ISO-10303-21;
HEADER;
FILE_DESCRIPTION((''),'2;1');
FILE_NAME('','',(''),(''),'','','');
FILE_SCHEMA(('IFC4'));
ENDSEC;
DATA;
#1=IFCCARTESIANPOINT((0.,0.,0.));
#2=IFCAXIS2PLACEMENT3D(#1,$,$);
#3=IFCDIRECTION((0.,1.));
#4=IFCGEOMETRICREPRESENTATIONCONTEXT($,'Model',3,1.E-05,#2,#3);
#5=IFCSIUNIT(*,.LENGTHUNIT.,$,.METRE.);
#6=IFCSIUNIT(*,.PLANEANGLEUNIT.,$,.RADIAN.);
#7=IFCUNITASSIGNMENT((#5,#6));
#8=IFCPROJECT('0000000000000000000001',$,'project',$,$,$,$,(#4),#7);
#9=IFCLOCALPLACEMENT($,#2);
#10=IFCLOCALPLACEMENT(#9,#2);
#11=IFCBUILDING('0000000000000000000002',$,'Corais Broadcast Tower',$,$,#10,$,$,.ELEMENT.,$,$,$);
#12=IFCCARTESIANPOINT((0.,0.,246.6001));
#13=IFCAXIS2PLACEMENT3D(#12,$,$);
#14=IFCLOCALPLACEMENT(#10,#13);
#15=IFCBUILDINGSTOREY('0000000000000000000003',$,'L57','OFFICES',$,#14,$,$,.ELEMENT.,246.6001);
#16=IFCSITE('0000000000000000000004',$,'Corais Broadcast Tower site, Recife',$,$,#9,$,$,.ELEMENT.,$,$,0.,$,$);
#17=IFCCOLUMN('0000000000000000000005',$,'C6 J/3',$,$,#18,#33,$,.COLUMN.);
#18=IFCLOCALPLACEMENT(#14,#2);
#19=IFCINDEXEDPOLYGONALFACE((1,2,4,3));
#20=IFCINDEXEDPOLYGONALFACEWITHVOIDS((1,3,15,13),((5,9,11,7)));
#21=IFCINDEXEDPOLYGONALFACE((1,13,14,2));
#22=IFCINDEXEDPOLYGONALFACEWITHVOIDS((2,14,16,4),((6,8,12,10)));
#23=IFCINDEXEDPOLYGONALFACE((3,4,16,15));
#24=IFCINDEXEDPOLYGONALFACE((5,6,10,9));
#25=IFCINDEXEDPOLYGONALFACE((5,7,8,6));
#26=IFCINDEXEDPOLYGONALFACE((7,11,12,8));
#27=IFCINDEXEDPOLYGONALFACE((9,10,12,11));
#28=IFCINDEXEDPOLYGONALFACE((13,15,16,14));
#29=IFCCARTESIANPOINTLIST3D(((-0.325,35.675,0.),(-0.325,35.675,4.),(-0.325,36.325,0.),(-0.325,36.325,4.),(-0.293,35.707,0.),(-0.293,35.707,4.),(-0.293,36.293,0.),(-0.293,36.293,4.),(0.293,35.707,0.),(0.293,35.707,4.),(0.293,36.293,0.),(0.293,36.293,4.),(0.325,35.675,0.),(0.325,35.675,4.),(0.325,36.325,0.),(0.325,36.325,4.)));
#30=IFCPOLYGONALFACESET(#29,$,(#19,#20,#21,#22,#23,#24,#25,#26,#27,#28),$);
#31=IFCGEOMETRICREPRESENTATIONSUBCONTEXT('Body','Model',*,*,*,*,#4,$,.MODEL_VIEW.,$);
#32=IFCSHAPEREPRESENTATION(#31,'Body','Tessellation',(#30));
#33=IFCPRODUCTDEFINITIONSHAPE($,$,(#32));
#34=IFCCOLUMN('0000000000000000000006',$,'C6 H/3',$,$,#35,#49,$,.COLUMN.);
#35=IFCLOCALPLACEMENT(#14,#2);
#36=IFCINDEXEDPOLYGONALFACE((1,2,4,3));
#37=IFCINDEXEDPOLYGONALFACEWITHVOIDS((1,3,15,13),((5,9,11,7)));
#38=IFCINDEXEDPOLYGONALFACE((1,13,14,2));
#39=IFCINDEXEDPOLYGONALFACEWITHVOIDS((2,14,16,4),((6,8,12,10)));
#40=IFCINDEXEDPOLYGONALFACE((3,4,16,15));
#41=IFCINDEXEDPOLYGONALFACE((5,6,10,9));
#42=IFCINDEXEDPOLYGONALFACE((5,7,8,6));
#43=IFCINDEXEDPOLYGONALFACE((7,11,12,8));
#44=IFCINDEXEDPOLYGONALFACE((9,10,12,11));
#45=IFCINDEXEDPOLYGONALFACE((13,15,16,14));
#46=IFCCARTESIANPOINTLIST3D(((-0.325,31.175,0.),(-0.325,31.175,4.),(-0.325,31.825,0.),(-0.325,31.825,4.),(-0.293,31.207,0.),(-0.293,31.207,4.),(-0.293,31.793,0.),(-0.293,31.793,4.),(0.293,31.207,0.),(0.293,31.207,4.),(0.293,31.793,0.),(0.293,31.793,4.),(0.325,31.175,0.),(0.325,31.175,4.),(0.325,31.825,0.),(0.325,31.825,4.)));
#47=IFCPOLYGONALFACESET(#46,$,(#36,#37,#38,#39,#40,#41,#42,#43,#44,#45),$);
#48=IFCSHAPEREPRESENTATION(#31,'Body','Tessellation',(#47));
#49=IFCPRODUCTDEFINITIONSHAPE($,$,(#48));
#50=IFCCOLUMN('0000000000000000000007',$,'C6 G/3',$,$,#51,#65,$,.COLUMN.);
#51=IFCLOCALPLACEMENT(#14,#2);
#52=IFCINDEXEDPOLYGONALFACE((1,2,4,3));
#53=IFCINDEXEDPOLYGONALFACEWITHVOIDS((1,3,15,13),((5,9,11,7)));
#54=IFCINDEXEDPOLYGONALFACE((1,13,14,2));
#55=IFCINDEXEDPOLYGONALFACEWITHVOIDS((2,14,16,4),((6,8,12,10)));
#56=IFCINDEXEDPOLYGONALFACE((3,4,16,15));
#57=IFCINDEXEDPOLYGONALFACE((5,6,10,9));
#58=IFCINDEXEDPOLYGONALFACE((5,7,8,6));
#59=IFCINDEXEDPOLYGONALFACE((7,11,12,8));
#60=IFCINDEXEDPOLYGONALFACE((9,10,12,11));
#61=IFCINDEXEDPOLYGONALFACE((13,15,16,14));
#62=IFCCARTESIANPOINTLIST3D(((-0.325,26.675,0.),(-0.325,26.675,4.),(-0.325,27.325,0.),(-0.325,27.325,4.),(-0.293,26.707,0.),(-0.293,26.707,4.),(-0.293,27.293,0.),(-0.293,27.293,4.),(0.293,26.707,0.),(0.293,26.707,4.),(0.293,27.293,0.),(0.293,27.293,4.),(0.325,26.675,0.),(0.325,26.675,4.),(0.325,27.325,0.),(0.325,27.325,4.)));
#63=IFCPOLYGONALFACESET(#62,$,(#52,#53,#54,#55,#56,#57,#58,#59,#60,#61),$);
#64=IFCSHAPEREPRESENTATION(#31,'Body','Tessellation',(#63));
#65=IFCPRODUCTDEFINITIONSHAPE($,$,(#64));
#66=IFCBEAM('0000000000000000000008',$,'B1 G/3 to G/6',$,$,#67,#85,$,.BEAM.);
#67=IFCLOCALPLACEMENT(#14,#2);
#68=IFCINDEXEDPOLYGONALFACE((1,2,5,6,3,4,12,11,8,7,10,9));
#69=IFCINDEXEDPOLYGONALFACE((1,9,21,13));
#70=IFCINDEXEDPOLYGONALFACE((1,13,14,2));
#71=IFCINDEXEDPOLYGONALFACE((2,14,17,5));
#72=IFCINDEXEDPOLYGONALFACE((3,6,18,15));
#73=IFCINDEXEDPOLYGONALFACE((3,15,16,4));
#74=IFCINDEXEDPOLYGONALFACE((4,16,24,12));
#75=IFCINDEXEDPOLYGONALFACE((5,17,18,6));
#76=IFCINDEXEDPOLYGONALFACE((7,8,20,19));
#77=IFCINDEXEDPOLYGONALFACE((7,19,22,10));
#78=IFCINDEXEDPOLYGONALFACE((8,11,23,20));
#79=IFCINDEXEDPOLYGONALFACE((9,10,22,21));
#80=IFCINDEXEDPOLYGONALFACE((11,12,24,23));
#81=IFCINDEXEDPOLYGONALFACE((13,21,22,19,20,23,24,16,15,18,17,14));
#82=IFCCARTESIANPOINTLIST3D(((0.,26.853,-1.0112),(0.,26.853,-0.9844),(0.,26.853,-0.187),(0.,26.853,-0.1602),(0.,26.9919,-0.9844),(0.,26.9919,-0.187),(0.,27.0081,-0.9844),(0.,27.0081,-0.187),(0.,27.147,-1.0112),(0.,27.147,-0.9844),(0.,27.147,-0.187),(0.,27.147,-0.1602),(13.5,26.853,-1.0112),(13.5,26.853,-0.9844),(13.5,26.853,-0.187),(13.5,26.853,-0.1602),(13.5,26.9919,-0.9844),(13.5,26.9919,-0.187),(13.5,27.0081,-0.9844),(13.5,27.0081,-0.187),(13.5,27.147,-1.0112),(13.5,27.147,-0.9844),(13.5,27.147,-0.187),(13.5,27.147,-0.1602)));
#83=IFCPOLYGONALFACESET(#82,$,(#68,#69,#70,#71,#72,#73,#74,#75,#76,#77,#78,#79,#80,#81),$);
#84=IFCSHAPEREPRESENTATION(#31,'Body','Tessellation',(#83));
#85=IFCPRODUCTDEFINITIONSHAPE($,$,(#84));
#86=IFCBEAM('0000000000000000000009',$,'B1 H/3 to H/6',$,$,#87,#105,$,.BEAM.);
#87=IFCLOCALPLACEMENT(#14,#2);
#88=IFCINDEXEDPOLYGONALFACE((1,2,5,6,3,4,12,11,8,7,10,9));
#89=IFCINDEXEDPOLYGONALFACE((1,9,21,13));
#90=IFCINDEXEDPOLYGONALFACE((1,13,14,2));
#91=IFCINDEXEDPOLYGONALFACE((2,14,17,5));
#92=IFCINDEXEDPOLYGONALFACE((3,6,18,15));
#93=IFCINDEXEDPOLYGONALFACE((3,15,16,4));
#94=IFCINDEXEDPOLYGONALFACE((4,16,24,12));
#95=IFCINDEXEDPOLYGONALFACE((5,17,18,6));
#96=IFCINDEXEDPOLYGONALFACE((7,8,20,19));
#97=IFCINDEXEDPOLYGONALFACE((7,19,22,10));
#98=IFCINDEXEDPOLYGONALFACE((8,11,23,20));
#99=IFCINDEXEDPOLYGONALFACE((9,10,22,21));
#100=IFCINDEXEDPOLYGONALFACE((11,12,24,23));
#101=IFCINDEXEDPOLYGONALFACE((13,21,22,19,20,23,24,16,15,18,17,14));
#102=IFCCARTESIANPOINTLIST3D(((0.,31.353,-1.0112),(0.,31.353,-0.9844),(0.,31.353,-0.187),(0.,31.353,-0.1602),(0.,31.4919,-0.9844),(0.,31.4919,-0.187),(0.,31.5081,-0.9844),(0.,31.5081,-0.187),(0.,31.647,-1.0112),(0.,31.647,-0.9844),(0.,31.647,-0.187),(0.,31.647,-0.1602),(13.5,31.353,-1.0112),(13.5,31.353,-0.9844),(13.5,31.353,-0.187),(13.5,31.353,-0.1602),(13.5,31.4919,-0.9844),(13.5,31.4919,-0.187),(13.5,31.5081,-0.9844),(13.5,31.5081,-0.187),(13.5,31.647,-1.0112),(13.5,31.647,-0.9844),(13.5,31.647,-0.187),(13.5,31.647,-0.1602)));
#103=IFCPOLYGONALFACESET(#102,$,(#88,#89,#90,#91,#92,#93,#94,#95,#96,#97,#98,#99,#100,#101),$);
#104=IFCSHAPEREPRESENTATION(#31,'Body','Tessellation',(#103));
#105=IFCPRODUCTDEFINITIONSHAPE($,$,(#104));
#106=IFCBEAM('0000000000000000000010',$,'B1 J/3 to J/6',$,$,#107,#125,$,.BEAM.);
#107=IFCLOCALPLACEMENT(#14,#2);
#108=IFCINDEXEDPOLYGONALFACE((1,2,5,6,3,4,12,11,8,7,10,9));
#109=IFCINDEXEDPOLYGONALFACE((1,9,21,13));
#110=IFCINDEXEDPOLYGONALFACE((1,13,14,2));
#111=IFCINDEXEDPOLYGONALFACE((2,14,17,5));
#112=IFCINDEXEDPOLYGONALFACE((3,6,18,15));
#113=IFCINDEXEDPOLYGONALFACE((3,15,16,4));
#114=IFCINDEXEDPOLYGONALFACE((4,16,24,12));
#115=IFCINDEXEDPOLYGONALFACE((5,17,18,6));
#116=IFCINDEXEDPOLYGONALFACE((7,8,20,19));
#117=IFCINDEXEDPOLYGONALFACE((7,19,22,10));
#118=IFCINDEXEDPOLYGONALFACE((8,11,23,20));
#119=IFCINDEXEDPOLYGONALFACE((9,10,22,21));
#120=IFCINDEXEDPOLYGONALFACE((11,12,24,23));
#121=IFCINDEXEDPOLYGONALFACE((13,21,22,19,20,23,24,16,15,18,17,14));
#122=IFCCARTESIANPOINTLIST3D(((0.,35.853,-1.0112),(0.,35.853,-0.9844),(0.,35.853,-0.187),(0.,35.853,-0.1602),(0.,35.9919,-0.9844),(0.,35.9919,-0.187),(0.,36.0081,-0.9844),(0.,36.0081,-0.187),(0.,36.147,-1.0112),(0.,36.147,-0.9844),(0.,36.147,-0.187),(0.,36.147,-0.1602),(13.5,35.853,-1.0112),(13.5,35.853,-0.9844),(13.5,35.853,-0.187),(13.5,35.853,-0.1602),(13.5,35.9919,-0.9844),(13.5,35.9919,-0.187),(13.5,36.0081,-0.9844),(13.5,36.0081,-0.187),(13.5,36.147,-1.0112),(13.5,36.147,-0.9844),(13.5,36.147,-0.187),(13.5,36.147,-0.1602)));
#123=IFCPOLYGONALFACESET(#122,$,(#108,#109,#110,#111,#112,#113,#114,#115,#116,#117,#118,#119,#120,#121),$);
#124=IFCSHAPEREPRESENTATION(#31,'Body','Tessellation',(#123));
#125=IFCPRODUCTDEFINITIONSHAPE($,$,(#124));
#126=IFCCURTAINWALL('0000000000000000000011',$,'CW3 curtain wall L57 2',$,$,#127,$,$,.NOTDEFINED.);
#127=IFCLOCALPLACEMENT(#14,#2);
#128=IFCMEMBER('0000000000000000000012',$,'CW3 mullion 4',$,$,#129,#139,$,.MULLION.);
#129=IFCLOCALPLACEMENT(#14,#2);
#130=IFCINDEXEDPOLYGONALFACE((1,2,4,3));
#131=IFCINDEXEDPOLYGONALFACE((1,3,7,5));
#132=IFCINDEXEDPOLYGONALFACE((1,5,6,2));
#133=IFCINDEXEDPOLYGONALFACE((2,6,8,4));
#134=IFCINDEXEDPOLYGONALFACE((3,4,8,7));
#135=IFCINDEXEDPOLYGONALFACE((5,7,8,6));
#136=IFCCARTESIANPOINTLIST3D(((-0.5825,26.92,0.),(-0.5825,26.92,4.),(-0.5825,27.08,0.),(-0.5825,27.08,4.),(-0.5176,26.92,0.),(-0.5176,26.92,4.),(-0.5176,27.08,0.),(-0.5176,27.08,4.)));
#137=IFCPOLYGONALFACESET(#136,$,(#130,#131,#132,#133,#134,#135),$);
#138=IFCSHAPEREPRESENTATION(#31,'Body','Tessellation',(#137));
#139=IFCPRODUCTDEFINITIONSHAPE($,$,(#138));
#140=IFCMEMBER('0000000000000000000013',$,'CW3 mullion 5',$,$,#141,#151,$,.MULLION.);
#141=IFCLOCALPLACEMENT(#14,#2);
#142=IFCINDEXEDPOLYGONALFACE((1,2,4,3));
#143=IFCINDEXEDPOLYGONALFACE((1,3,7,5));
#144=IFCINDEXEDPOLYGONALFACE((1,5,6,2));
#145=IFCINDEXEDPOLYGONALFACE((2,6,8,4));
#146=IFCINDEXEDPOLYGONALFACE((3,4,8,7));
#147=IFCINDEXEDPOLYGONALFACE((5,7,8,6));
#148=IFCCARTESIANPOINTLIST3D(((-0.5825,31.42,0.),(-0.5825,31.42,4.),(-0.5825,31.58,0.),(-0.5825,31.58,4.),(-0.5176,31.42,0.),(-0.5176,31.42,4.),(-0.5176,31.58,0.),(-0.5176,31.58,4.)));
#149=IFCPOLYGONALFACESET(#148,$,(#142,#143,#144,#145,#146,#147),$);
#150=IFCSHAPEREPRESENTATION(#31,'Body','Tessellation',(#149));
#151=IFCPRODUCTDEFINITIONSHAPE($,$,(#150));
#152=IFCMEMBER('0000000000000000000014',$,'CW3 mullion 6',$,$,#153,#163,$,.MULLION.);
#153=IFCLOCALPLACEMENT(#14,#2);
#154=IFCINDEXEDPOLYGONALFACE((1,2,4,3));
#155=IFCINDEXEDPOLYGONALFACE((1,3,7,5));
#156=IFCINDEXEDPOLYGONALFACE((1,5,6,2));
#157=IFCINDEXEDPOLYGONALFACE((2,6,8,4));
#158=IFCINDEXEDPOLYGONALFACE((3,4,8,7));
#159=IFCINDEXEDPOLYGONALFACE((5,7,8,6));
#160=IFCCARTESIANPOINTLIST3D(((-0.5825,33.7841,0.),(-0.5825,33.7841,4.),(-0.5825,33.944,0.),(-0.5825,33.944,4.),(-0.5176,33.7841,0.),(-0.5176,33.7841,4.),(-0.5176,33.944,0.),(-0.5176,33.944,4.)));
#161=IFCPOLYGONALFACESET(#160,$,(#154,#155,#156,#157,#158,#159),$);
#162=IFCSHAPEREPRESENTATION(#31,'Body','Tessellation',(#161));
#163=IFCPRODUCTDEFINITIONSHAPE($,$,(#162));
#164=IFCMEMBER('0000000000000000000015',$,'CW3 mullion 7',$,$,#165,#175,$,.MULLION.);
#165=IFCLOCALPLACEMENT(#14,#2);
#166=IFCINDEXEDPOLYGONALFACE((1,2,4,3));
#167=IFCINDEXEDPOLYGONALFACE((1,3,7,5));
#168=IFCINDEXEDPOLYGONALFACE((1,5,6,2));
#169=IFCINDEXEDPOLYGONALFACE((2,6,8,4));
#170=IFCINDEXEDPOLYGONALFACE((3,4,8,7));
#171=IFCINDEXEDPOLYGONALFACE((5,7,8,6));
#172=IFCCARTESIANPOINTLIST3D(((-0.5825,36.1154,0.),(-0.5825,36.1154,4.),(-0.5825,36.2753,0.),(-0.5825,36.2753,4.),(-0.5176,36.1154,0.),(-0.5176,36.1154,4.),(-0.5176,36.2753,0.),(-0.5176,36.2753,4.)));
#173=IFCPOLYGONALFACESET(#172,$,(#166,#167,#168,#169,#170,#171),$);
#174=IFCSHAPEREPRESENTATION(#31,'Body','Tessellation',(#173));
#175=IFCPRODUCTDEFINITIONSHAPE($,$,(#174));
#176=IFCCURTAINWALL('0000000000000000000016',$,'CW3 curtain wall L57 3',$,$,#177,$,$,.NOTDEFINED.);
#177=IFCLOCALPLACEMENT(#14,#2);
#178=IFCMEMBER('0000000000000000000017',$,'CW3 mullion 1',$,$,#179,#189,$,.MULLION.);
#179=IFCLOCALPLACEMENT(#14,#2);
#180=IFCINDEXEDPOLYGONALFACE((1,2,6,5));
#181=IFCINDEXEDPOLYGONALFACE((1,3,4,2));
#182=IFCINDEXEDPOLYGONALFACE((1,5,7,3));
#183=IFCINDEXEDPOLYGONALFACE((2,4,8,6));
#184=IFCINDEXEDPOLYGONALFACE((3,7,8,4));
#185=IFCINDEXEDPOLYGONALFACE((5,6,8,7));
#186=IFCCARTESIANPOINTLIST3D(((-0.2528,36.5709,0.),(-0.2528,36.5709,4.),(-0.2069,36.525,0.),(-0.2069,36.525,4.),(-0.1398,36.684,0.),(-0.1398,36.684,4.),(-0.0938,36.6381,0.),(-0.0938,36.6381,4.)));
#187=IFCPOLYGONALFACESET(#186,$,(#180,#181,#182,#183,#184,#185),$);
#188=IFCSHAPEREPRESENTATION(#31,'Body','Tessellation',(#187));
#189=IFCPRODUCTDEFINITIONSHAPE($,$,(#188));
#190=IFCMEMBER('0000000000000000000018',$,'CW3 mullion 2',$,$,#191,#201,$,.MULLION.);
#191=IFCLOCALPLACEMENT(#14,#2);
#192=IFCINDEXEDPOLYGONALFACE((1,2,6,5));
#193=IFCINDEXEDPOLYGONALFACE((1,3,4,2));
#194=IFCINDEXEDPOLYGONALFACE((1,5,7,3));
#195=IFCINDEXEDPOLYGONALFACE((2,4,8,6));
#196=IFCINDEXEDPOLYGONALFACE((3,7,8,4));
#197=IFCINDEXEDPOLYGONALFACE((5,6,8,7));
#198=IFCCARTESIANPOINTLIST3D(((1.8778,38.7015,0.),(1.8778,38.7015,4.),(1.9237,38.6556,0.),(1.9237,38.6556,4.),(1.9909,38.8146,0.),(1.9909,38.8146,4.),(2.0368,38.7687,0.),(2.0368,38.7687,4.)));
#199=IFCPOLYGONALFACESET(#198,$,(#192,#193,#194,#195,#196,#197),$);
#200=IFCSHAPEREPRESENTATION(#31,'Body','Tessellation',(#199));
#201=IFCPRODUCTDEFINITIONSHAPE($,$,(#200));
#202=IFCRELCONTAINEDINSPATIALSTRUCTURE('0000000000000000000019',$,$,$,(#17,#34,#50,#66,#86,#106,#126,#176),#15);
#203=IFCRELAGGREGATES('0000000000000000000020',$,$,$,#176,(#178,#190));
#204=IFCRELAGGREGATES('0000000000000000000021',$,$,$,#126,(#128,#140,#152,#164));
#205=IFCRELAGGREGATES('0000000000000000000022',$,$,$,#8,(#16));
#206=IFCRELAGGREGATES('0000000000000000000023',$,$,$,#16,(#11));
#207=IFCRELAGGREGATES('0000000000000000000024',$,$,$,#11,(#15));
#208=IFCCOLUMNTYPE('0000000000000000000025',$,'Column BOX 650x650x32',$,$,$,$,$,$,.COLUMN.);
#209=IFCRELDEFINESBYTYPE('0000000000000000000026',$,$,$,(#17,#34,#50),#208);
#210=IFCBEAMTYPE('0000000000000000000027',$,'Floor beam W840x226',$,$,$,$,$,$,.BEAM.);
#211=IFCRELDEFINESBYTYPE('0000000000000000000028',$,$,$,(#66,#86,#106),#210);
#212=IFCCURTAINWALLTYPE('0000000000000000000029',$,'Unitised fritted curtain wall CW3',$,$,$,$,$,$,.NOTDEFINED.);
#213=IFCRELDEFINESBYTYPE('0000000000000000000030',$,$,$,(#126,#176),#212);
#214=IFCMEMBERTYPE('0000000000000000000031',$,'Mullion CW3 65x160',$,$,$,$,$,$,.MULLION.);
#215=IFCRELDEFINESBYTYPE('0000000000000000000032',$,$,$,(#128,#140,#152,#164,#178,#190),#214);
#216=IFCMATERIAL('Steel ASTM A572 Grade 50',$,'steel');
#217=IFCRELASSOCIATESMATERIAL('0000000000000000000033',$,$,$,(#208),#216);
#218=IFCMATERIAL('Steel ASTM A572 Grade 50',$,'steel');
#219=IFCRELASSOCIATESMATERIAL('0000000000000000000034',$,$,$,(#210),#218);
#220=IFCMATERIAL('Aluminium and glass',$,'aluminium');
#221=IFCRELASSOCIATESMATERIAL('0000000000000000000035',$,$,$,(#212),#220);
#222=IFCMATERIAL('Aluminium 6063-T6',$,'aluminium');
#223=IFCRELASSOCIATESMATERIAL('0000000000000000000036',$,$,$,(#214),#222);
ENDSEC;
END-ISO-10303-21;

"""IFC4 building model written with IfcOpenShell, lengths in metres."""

from ifc_helpers import new_model, si_unit, direction, frame, origin, origin_2d, place, context, subcontext, project, spatial, rectangle, hollow_rectangle, i_section, extrude, material, material_profile, profile_set, type_object, element, aggregate, save


model = new_model("IFC4")

# Units and contexts
model_context = context("Model", 3, precision=1e-05, world=origin(), true_north=direction((0.0, 1.0)))
body_context = subcontext(model_context, "Body", "Model", "MODEL_VIEW")
ifc_project = project(units=[si_unit("LENGTHUNIT", "METRE"), si_unit("PLANEANGLEUNIT", "RADIAN")], contexts=[model_context])

# Site, building, storey
site_placement = place(None, origin())
site = spatial("IfcSite", under=ifc_project, at=site_placement, Name="Corais Broadcast Tower site, Recife", CompositionType="ELEMENT", RefElevation=0.0)
building_placement = place(site_placement, origin())
building = spatial("IfcBuilding", under=site, at=building_placement, Name="Corais Broadcast Tower", CompositionType="ELEMENT")
storey_placement = place(building_placement, frame((0.0, 0.0, 246.6001)))
storey = spatial("IfcBuildingStorey", under=building, at=storey_placement, Name="L57", Description="OFFICES", CompositionType="ELEMENT", Elevation=246.6001)

# Columns
ifc_material_1 = material(Name="Steel ASTM A572 Grade 50", Category="steel")
ifc_material_profile_1 = material_profile(ifc_material_1, hollow_rectangle(XDim=0.6499, YDim=0.6499, WallThickness=0.032, at=origin_2d()), Name="BOX 650x650x32")
ifc_profile_set_1 = profile_set([ifc_material_profile_1], Name="Steel ASTM A572 Grade 50")
column_type = type_object("IfcColumnType", Name="Column BOX 650x650x32", PredefinedType="COLUMN", material=ifc_profile_set_1)
for number, where, z_axis, x_axis, name in (
    (1, (0.0, 36.0, 0.0), (0.0, 0.0, 1.0), (1.0, 0.0, 0.0), "C6 J/3"),
    (2, (0.0, 31.5, 0.0), (0.0, 0.0, 1.0), (1.0, 0.0, 0.0), "C6 H/3"),
    (3, (0.0, 27.0, 0.0), (0.0, 0.0, 1.0), (1.0, 0.0, 0.0), "C6 G/3"),
):
    element("IfcColumn", number, at=place(storey_placement, frame(where, z_axis=z_axis, x_axis=x_axis)), inside=storey, type_object=column_type, Name=name, PredefinedType="COLUMN", context=body_context, shape_type="SweptSolid", body=[
        extrude(hollow_rectangle(XDim=0.6499, YDim=0.6499, WallThickness=0.032, at=origin_2d()), origin(), (0.0, 0.0, 1.0), 4.0),
    ])

# Beams
ifc_material_2 = material(Name="Steel ASTM A572 Grade 50", Category="steel")
ifc_material_profile_2 = material_profile(ifc_material_2, i_section(OverallWidth=0.2939, OverallDepth=0.8511, WebThickness=0.0161, FlangeThickness=0.0269, at=origin_2d()), Name="W840x226")
ifc_profile_set_2 = profile_set([ifc_material_profile_2], Name="Steel ASTM A572 Grade 50")
beam_type_1 = type_object("IfcBeamType", Name="Floor beam W840x226", PredefinedType="BEAM", material=ifc_profile_set_2)
for number, where, z_axis, x_axis, name in (
    (4, (0.0, 27.0, -0.5857), (1.0, 0.0, 0.0), (0.0, 1.0, 0.0), "B1 G/3 to G/6"),
    (5, (0.0, 31.5, -0.5857), (1.0, 0.0, 0.0), (0.0, 1.0, 0.0), "B1 H/3 to H/6"),
    (6, (0.0, 36.0, -0.5857), (1.0, 0.0, 0.0), (0.0, 1.0, 0.0), "B1 J/3 to J/6"),
):
    element("IfcBeam", number, at=place(storey_placement, frame(where, z_axis=z_axis, x_axis=x_axis)), inside=storey, type_object=beam_type_1, Name=name, PredefinedType="BEAM", context=body_context, shape_type="SweptSolid", body=[
        extrude(i_section(OverallWidth=0.2939, OverallDepth=0.8511, WebThickness=0.0161, FlangeThickness=0.0269, at=origin_2d()), origin(), (0.0, 0.0, 1.0), 13.5),
    ])

# Curtain walls, members
ifc_material_3 = material(Name="Aluminium and glass", Category="aluminium")
curtain_wall_type = type_object("IfcCurtainWallType", Name="Unitised fritted curtain wall CW3", PredefinedType="NOTDEFINED", material=ifc_material_3)
curtain_wall_1_placement = place(storey_placement, origin())
curtain_wall_1 = element("IfcCurtainWall", 7, at=curtain_wall_1_placement, inside=storey, type_object=curtain_wall_type, Name="CW3 curtain wall L57 2", PredefinedType="NOTDEFINED")
ifc_material_4 = material(Name="Aluminium 6063-T6", Category="aluminium")
ifc_material_profile_3 = material_profile(ifc_material_4, rectangle(XDim=0.0649, YDim=0.1599, at=origin_2d()), Name="Mullion CW3 65x160")
ifc_profile_set_3 = profile_set([ifc_material_profile_3], Name="Aluminium 6063-T6")
member_type_1 = type_object("IfcMemberType", Name="Mullion CW3 65x160", PredefinedType="MULLION", material=ifc_profile_set_3)
member_1_placement = place(storey_placement, frame((-0.55, 27.0, 0.0), z_axis=(0.0, 0.0, 1.0), x_axis=(-1.0, 0.0, 0.0)))
member_1 = element("IfcMember", 8, at=member_1_placement, type_object=member_type_1, Name="CW3 mullion 4", PredefinedType="MULLION", context=body_context, shape_type="SweptSolid", body=[
    extrude(rectangle(XDim=0.0649, YDim=0.1599, at=origin_2d()), origin(), (0.0, 0.0, 1.0), 4.0),
])
member_2_placement = place(storey_placement, frame((-0.55, 31.5, 0.0), z_axis=(0.0, 0.0, 1.0), x_axis=(-1.0, 0.0, 0.0)))
member_2 = element("IfcMember", 9, at=member_2_placement, type_object=member_type_1, Name="CW3 mullion 5", PredefinedType="MULLION", context=body_context, shape_type="SweptSolid", body=[
    extrude(rectangle(XDim=0.0649, YDim=0.1599, at=origin_2d()), origin(), (0.0, 0.0, 1.0), 4.0),
])
member_3_placement = place(storey_placement, frame((-0.55, 33.864, 0.0), z_axis=(0.0, 0.0, 1.0), x_axis=(-1.0, 0.0, 0.0)))
member_3 = element("IfcMember", 10, at=member_3_placement, type_object=member_type_1, Name="CW3 mullion 6", PredefinedType="MULLION", context=body_context, shape_type="SweptSolid", body=[
    extrude(rectangle(XDim=0.0649, YDim=0.1599, at=origin_2d()), origin(), (0.0, 0.0, 1.0), 4.0),
])
member_4_placement = place(storey_placement, frame((-0.55, 36.1953, 0.0), z_axis=(0.0, 0.0, 1.0), x_axis=(-1.0, 0.0, 0.0)))
member_4 = element("IfcMember", 11, at=member_4_placement, type_object=member_type_1, Name="CW3 mullion 7", PredefinedType="MULLION", context=body_context, shape_type="SweptSolid", body=[
    extrude(rectangle(XDim=0.0649, YDim=0.1599, at=origin_2d()), origin(), (0.0, 0.0, 1.0), 4.0),
])
curtain_wall_2_placement = place(storey_placement, origin())
curtain_wall_2 = element("IfcCurtainWall", 12, at=curtain_wall_2_placement, inside=storey, type_object=curtain_wall_type, Name="CW3 curtain wall L57 3", PredefinedType="NOTDEFINED")
member_5_placement = place(storey_placement, frame((-0.1733, 36.6045, 0.0), z_axis=(0.0, 0.0, 1.0), x_axis=(-0.707107, 0.707107, 0.0)))
member_5 = element("IfcMember", 13, at=member_5_placement, type_object=member_type_1, Name="CW3 mullion 1", PredefinedType="MULLION", context=body_context, shape_type="SweptSolid", body=[
    extrude(rectangle(XDim=0.0649, YDim=0.1599, at=origin_2d()), origin(), (0.0, 0.0, 1.0), 4.0),
])
member_6_placement = place(storey_placement, frame((1.9573, 38.7351, 0.0), z_axis=(0.0, 0.0, 1.0), x_axis=(-0.707107, 0.707107, 0.0)))
member_6 = element("IfcMember", 14, at=member_6_placement, type_object=member_type_1, Name="CW3 mullion 2", PredefinedType="MULLION", context=body_context, shape_type="SweptSolid", body=[
    extrude(rectangle(XDim=0.0649, YDim=0.1599, at=origin_2d()), origin(), (0.0, 0.0, 1.0), 4.0),
])

aggregate(curtain_wall_2, [member_5, member_6])
aggregate(curtain_wall_1, [member_1, member_2, member_3, member_4])

save(model, "model.ifc")
